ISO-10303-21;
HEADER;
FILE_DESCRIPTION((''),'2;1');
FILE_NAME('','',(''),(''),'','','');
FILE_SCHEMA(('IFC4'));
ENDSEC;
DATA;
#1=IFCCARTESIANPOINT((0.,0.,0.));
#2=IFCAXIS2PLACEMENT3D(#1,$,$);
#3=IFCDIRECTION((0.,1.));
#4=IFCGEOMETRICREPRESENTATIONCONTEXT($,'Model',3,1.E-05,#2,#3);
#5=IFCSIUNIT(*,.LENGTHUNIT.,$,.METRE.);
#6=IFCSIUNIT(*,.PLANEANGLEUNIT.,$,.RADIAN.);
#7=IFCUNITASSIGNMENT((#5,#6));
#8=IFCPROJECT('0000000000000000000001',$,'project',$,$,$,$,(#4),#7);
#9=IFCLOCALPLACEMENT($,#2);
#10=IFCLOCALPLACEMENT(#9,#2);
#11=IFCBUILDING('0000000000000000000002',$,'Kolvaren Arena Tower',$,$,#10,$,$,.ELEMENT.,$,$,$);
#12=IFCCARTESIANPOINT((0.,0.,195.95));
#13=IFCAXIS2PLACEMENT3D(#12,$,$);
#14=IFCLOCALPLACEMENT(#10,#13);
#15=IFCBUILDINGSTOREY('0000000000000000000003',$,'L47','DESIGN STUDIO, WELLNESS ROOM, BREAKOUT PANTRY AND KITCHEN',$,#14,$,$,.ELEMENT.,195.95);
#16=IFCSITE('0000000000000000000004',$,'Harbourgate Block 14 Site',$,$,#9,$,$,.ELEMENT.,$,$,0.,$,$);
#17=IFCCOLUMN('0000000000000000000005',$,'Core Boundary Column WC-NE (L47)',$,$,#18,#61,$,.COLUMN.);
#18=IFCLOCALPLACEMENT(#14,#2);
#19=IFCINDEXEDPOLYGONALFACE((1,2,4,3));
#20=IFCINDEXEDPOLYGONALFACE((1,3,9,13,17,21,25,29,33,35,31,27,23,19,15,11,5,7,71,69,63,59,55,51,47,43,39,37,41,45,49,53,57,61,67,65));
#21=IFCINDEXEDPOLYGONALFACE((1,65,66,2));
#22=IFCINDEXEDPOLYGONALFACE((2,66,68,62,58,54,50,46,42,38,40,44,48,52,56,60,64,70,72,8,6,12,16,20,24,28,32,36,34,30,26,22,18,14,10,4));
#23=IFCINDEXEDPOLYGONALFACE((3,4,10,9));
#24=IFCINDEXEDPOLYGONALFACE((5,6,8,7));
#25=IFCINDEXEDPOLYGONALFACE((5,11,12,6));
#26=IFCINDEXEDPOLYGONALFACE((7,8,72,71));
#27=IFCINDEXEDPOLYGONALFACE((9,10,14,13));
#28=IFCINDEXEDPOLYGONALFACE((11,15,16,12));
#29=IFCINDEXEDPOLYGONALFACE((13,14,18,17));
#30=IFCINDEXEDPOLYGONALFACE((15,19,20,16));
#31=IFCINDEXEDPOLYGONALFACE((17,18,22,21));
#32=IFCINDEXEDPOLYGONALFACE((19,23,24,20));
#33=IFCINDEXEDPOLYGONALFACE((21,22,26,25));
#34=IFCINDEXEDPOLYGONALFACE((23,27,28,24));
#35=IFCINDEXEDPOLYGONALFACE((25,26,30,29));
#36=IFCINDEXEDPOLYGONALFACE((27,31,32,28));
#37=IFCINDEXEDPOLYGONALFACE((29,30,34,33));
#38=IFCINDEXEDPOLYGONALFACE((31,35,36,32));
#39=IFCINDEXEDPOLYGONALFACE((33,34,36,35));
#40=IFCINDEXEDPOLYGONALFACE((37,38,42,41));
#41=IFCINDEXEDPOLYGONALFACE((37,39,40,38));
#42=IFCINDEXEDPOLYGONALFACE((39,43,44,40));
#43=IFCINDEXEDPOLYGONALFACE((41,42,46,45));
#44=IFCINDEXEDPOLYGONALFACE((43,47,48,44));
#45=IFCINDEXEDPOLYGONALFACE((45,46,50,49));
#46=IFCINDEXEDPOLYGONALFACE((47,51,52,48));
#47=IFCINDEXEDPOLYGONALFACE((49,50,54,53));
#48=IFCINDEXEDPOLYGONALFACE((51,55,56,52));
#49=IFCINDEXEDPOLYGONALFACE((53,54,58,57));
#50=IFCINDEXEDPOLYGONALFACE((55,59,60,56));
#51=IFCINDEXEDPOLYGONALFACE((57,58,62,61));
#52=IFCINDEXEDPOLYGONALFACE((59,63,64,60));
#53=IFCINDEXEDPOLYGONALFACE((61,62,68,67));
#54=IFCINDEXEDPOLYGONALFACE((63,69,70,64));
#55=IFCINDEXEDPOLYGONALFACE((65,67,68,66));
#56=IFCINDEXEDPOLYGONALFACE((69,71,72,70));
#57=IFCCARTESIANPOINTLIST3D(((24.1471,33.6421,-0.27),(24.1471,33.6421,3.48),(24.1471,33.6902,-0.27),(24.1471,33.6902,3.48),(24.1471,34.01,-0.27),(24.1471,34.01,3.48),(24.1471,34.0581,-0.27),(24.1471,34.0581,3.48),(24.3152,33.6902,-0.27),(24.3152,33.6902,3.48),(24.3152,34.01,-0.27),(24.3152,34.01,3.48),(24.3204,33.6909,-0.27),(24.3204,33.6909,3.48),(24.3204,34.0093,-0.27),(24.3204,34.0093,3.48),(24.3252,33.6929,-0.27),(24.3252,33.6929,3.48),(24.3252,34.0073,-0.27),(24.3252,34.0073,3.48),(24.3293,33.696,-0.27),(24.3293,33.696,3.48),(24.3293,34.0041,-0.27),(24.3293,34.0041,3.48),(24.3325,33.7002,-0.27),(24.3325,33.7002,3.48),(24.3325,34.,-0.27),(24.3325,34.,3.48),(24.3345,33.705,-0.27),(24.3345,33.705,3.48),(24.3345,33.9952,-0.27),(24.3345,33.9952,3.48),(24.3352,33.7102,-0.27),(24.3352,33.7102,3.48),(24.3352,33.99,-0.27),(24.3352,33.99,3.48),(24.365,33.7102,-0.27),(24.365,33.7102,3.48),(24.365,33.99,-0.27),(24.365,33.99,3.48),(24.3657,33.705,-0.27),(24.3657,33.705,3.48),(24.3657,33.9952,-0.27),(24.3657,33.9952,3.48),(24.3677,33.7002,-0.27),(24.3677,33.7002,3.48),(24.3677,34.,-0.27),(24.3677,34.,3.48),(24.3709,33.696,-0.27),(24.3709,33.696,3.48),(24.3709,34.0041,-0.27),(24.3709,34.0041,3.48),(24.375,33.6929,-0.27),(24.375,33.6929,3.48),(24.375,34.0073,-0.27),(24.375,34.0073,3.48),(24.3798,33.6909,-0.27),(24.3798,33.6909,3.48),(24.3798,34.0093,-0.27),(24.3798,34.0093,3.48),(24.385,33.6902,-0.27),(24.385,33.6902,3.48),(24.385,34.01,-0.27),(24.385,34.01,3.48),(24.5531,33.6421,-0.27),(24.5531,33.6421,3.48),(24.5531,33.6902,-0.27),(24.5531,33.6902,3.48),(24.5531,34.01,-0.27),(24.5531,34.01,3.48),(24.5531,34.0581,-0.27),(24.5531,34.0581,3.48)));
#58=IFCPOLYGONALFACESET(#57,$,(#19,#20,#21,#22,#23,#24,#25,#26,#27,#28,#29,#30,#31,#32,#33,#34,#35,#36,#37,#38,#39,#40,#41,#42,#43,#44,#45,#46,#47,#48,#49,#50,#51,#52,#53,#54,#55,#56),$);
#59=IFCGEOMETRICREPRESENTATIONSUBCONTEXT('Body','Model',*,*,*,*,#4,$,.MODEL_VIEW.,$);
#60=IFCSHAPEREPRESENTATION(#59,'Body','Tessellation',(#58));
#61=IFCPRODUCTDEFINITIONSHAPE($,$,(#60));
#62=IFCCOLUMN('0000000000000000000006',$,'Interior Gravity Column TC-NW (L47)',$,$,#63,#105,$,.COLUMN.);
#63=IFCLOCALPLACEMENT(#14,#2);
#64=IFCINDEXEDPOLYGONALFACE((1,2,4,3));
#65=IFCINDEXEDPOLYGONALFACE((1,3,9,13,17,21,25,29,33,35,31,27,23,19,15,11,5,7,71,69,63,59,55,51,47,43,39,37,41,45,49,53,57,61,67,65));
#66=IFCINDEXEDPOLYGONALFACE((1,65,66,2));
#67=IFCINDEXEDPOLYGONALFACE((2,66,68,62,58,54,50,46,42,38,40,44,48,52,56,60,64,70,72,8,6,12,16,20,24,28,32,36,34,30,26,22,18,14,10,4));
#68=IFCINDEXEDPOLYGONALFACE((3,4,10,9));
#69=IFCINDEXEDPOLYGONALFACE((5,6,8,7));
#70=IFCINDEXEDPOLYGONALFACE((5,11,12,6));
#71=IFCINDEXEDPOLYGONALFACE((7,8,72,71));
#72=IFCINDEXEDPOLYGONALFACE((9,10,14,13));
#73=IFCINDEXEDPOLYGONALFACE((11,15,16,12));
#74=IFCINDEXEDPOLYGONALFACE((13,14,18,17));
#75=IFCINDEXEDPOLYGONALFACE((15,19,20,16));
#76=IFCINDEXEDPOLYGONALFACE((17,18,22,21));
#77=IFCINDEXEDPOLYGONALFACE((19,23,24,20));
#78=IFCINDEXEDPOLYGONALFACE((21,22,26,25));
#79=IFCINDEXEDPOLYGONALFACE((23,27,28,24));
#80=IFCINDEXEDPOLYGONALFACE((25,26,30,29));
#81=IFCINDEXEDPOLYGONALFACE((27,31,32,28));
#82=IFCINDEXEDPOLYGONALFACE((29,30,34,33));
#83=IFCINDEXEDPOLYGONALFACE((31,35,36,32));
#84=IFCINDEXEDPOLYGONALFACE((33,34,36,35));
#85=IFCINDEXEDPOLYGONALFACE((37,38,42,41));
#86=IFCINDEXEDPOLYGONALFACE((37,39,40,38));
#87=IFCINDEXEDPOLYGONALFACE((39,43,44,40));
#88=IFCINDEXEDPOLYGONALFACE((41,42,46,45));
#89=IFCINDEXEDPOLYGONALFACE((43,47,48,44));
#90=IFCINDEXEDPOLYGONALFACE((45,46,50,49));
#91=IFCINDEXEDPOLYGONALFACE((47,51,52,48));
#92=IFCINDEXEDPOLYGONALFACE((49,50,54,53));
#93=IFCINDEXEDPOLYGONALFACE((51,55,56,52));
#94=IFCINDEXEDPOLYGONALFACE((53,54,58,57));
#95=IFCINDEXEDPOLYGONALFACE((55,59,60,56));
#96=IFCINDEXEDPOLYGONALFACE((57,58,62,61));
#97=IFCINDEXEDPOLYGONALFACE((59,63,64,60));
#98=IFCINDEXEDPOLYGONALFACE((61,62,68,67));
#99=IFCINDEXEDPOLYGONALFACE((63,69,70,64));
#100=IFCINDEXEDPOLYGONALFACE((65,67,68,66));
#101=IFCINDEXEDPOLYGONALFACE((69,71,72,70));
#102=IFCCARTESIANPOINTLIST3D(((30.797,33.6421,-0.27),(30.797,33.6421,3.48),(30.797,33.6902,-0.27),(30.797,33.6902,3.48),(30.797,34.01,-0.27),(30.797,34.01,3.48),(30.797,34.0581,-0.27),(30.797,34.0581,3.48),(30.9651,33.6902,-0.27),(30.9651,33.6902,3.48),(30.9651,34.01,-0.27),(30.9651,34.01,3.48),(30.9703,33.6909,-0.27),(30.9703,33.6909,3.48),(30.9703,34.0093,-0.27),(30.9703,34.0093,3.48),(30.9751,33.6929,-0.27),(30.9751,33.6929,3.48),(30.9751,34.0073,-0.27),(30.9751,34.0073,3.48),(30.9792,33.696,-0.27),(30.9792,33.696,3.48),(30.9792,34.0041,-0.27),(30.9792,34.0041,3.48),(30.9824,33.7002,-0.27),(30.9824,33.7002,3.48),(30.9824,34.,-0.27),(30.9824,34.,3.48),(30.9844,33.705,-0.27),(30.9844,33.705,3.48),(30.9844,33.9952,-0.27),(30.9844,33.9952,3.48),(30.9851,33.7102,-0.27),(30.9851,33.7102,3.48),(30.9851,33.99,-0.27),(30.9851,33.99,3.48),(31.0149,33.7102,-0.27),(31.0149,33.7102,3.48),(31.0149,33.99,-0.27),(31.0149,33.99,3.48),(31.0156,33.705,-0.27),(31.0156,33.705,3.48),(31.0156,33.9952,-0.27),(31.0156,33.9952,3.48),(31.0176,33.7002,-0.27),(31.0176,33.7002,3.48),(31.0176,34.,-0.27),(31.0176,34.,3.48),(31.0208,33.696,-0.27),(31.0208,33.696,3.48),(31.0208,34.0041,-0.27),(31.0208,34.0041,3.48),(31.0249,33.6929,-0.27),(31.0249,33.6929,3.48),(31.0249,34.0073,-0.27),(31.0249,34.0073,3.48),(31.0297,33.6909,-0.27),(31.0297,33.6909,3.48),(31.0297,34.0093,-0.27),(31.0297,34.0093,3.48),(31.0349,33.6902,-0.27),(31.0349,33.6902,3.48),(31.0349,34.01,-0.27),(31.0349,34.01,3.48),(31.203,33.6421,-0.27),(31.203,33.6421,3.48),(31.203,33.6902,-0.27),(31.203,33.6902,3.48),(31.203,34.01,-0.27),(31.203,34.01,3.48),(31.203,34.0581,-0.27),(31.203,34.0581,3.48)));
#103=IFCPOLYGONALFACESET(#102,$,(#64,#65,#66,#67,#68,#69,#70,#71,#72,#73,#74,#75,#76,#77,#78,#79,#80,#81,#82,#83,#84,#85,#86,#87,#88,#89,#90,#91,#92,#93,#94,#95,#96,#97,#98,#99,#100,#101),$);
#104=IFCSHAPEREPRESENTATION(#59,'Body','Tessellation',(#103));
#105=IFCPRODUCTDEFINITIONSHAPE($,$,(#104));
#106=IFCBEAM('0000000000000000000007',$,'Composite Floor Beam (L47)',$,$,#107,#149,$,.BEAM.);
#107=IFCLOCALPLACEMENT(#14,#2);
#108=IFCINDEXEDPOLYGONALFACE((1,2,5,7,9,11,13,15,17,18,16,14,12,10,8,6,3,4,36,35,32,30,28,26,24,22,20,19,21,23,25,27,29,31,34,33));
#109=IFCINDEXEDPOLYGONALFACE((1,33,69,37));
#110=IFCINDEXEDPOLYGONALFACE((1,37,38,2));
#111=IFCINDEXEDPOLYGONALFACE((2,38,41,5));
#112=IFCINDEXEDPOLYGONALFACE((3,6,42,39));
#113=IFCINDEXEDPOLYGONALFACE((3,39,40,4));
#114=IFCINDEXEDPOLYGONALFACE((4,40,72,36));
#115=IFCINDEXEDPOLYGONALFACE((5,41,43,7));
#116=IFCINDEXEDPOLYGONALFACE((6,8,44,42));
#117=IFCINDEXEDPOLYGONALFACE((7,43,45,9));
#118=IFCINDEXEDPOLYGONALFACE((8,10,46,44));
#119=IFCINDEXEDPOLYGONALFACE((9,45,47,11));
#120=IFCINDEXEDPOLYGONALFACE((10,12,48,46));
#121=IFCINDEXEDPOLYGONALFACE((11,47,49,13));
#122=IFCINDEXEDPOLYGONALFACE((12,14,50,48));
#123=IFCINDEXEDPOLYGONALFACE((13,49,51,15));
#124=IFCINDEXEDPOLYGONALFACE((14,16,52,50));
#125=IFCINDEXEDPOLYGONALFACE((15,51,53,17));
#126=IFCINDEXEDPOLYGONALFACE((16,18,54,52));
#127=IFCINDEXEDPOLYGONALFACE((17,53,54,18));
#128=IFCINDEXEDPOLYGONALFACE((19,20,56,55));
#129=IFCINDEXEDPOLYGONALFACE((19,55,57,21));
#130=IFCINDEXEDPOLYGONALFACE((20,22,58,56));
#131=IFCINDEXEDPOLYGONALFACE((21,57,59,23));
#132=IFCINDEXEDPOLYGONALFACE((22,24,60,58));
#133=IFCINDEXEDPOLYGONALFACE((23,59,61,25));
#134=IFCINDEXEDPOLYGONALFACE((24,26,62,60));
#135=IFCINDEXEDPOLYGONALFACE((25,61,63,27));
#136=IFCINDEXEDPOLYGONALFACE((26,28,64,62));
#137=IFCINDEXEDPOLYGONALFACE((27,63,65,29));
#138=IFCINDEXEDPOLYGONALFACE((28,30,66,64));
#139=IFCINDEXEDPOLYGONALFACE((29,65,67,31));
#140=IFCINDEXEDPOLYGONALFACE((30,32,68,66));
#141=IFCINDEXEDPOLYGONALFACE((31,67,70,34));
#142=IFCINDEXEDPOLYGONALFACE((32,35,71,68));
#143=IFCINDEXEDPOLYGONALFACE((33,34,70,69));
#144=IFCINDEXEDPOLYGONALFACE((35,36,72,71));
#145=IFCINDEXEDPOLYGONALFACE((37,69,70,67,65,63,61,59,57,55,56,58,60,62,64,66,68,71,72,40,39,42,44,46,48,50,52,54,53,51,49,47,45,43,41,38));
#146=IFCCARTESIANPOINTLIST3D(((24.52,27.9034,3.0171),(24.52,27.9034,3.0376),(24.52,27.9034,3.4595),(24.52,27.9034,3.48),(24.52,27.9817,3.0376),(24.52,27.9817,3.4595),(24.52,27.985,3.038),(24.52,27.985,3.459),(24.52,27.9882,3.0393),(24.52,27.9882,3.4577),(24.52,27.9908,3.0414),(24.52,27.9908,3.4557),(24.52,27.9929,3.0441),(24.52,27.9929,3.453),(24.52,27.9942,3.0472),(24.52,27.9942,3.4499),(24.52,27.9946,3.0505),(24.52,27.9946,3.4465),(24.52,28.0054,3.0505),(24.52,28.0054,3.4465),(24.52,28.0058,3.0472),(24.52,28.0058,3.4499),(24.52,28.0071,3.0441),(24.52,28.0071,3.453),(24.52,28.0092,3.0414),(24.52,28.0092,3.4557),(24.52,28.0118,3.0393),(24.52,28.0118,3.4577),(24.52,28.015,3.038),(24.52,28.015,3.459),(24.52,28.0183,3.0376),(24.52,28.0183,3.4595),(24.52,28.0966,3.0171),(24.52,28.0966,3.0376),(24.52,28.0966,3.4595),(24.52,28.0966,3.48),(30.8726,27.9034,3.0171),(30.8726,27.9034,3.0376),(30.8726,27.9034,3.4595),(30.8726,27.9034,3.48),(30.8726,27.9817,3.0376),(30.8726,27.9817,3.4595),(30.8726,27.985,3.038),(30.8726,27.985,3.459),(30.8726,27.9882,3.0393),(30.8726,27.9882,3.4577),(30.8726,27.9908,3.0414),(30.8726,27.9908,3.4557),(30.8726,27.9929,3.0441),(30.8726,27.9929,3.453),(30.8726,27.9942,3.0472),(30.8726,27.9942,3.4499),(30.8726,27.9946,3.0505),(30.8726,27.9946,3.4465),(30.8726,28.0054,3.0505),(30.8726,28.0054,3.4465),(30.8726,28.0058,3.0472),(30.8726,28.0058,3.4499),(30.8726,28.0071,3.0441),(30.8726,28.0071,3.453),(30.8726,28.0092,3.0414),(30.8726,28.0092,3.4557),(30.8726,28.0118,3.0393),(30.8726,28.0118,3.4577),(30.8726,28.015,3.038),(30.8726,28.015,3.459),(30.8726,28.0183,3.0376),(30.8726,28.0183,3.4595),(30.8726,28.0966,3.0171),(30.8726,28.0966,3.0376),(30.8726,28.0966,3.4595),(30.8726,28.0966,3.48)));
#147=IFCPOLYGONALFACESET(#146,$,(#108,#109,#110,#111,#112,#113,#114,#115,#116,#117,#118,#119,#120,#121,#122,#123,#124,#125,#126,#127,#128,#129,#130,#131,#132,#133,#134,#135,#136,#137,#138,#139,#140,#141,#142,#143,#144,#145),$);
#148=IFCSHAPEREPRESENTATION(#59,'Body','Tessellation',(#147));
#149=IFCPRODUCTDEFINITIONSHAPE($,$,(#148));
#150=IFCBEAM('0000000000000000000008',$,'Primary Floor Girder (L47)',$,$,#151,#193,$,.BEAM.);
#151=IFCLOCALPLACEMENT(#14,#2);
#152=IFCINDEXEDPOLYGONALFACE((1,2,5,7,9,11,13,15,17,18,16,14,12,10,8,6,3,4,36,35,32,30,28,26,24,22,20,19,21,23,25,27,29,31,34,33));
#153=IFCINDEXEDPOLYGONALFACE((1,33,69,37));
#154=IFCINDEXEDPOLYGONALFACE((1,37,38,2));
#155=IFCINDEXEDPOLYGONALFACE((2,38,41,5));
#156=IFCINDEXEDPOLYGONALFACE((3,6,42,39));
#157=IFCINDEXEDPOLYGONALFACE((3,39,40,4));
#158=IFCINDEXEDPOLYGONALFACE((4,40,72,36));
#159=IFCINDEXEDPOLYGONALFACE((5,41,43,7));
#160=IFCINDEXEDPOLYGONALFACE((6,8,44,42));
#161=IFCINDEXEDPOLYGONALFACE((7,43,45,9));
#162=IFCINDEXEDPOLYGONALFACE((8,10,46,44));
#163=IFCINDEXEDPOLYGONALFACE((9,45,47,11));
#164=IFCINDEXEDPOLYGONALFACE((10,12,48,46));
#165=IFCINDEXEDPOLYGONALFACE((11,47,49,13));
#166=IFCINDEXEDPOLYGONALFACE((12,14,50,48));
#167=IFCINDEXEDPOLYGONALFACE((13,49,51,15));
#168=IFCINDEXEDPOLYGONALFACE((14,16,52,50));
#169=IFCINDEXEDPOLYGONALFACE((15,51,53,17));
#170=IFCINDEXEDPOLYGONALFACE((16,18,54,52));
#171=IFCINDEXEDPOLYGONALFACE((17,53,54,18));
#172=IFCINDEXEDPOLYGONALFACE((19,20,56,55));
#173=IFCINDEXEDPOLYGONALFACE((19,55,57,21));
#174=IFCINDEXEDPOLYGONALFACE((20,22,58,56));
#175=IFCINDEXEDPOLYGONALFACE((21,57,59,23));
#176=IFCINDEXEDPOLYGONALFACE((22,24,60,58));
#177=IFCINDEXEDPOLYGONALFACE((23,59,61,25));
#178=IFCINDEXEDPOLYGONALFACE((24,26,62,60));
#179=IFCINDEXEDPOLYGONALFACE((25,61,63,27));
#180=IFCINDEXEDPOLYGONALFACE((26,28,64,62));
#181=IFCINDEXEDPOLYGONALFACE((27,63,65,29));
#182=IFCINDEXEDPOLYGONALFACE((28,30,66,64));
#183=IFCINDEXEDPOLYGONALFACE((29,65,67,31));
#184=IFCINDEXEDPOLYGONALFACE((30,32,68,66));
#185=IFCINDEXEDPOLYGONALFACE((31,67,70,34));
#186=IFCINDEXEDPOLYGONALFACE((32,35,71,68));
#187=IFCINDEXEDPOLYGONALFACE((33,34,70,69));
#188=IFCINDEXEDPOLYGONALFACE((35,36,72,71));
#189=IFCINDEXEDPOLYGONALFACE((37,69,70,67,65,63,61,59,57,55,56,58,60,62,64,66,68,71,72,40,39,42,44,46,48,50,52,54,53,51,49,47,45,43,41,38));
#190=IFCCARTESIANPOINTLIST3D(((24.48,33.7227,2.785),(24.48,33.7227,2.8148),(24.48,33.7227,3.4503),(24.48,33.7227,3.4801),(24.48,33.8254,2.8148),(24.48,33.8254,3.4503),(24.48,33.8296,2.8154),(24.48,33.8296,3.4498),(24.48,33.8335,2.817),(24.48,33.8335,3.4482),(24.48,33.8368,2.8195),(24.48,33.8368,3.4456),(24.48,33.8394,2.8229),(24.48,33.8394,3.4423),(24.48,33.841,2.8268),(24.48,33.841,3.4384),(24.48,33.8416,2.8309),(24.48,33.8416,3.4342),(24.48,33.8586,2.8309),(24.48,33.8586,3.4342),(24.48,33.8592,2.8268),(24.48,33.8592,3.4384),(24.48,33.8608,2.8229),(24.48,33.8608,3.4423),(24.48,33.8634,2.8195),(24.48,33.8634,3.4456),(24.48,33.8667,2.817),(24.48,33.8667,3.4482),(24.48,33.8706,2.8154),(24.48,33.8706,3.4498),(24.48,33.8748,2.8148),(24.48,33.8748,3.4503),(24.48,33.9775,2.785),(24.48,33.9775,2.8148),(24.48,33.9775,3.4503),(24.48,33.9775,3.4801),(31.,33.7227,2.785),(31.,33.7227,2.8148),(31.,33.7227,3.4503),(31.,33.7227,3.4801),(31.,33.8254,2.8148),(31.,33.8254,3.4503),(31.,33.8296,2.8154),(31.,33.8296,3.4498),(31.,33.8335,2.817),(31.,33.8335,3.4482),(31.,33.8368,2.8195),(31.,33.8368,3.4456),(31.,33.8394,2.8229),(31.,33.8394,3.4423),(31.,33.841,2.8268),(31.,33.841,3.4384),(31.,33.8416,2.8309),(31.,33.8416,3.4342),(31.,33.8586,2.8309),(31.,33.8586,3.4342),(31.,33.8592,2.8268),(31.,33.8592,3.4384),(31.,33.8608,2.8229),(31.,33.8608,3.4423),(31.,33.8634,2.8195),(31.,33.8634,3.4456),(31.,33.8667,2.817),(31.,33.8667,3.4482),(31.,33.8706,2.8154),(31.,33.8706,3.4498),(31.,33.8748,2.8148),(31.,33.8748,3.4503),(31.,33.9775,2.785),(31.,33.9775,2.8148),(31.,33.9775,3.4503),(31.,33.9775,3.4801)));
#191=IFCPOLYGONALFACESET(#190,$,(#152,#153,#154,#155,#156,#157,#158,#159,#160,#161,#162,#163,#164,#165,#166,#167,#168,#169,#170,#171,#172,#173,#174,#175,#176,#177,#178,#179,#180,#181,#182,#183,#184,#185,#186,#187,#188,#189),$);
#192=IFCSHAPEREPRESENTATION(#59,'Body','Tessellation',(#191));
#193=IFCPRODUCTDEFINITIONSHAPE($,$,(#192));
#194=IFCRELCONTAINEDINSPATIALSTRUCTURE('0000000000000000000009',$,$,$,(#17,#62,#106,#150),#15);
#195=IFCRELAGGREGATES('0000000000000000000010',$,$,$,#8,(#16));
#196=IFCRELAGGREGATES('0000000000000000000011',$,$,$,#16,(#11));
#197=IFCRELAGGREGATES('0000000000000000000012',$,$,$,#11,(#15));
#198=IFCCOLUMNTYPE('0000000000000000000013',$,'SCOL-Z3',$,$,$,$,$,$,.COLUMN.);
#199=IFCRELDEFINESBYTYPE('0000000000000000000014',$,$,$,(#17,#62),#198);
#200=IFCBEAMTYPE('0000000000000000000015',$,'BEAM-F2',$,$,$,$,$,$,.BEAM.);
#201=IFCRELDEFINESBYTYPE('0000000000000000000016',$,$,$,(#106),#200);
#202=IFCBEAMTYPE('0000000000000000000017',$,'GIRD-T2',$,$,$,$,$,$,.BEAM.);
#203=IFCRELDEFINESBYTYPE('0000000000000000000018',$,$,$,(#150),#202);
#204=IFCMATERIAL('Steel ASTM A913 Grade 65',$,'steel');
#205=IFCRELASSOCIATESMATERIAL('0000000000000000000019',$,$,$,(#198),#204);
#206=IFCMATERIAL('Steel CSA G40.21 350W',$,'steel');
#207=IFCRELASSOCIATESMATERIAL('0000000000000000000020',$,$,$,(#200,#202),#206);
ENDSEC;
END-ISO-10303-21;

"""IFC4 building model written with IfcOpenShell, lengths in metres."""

from ifc_helpers import new_model, si_unit, direction, frame, origin, origin_2d, place, context, subcontext, project, spatial, i_section, extrude, material, material_profile, profile_set, type_object, element, save


model = new_model("IFC4")

# Units and contexts
model_context = context("Model", 3, precision=1e-05, world=origin(), true_north=direction((0.0, 1.0)))
body_context = subcontext(model_context, "Body", "Model", "MODEL_VIEW")
ifc_project = project(units=[si_unit("LENGTHUNIT", "METRE"), si_unit("PLANEANGLEUNIT", "RADIAN")], contexts=[model_context])

# Site, building, storey
site_placement = place(None, origin())
site = spatial("IfcSite", under=ifc_project, at=site_placement, Name="Harbourgate Block 14 Site", CompositionType="ELEMENT", RefElevation=0.0)
building_placement = place(site_placement, origin())
building = spatial("IfcBuilding", under=site, at=building_placement, Name="Kolvaren Arena Tower", CompositionType="ELEMENT")
storey_placement = place(building_placement, frame((0.0, 0.0, 195.95)))
storey = spatial("IfcBuildingStorey", under=building, at=storey_placement, Name="L47", Description="DESIGN STUDIO, WELLNESS ROOM, BREAKOUT PANTRY AND KITCHEN", CompositionType="ELEMENT", Elevation=195.95)

# Columns
ifc_material_1 = material(Name="Steel ASTM A913 Grade 65", Category="steel")
ifc_material_profile_1 = material_profile(ifc_material_1, i_section(OverallWidth=0.406, OverallDepth=0.416, WebThickness=0.0298, FlangeThickness=0.0481, FilletRadius=0.02, at=origin_2d()), Name="W360x382")
ifc_profile_set_1 = profile_set([ifc_material_profile_1], Name="Steel ASTM A913 Grade 65")
column_type = type_object("IfcColumnType", Name="SCOL-Z3", PredefinedType="COLUMN", material=ifc_profile_set_1)
for number, where, z_axis, x_axis, name in (
    (1, (24.3501, 33.8501, -0.27), (0.0, 0.0, 1.0), (1.0, 0.0, 0.0), "Core Boundary Column WC-NE (L47)"),
    (2, (31.0, 33.8501, -0.27), (0.0, 0.0, 1.0), (1.0, 0.0, 0.0), "Interior Gravity Column TC-NW (L47)"),
):
    element("IfcColumn", number, at=place(storey_placement, frame(where, z_axis=z_axis, x_axis=x_axis)), inside=storey, type_object=column_type, Name=name, PredefinedType="COLUMN", context=body_context, shape_type="SweptSolid", body=[
        extrude(i_section(OverallWidth=0.406, OverallDepth=0.416, WebThickness=0.0298, FlangeThickness=0.0481, FilletRadius=0.02, at=origin_2d()), origin(), (0.0, 0.0, 1.0), 3.75),
    ])

# Beams
ifc_material_2 = material(Name="Steel CSA G40.21 350W", Category="steel")
ifc_material_profile_2 = material_profile(ifc_material_2, i_section(OverallWidth=0.1931, OverallDepth=0.4629, WebThickness=0.0107, FlangeThickness=0.0205, FilletRadius=0.0129, at=origin_2d()), Name="W460x113")
ifc_profile_set_2 = profile_set([ifc_material_profile_2], Name="Steel CSA G40.21 350W")
beam_type_1 = type_object("IfcBeamType", Name="BEAM-F2", PredefinedType="BEAM", material=ifc_profile_set_2)
beam_1_placement = place(storey_placement, frame((24.52, 28.0, 3.2485), z_axis=(1.0, 0.0, 0.0), x_axis=(0.0, 1.0, 0.0)))
element("IfcBeam", 3, at=beam_1_placement, inside=storey, type_object=beam_type_1, Name="Composite Floor Beam (L47)", PredefinedType="BEAM", context=body_context, shape_type="SweptSolid", body=[
    extrude(i_section(OverallWidth=0.1931, OverallDepth=0.4629, WebThickness=0.0107, FlangeThickness=0.0205, FilletRadius=0.0129, at=origin_2d()), origin(), (0.0, 0.0, 1.0), 6.3525),
])
ifc_material_profile_3 = material_profile(ifc_material_2, i_section(OverallWidth=0.2549, OverallDepth=0.6951, WebThickness=0.0171, FlangeThickness=0.0298, FilletRadius=0.0161, at=origin_2d()), Name="W690x217")
ifc_profile_set_3 = profile_set([ifc_material_profile_3], Name="Steel CSA G40.21 350W")
beam_type_2 = type_object("IfcBeamType", Name="GIRD-T2", PredefinedType="BEAM", material=ifc_profile_set_3)
beam_2_placement = place(storey_placement, frame((24.48, 33.8501, 3.1326), z_axis=(1.0, 0.0, 0.0), x_axis=(0.0, 1.0, 0.0)))
element("IfcBeam", 4, at=beam_2_placement, inside=storey, type_object=beam_type_2, Name="Primary Floor Girder (L47)", PredefinedType="BEAM", context=body_context, shape_type="SweptSolid", body=[
    extrude(i_section(OverallWidth=0.2549, OverallDepth=0.6951, WebThickness=0.0171, FlangeThickness=0.0298, FilletRadius=0.0161, at=origin_2d()), origin(), (0.0, 0.0, 1.0), 6.52),
])

save(model, "model.ifc")
